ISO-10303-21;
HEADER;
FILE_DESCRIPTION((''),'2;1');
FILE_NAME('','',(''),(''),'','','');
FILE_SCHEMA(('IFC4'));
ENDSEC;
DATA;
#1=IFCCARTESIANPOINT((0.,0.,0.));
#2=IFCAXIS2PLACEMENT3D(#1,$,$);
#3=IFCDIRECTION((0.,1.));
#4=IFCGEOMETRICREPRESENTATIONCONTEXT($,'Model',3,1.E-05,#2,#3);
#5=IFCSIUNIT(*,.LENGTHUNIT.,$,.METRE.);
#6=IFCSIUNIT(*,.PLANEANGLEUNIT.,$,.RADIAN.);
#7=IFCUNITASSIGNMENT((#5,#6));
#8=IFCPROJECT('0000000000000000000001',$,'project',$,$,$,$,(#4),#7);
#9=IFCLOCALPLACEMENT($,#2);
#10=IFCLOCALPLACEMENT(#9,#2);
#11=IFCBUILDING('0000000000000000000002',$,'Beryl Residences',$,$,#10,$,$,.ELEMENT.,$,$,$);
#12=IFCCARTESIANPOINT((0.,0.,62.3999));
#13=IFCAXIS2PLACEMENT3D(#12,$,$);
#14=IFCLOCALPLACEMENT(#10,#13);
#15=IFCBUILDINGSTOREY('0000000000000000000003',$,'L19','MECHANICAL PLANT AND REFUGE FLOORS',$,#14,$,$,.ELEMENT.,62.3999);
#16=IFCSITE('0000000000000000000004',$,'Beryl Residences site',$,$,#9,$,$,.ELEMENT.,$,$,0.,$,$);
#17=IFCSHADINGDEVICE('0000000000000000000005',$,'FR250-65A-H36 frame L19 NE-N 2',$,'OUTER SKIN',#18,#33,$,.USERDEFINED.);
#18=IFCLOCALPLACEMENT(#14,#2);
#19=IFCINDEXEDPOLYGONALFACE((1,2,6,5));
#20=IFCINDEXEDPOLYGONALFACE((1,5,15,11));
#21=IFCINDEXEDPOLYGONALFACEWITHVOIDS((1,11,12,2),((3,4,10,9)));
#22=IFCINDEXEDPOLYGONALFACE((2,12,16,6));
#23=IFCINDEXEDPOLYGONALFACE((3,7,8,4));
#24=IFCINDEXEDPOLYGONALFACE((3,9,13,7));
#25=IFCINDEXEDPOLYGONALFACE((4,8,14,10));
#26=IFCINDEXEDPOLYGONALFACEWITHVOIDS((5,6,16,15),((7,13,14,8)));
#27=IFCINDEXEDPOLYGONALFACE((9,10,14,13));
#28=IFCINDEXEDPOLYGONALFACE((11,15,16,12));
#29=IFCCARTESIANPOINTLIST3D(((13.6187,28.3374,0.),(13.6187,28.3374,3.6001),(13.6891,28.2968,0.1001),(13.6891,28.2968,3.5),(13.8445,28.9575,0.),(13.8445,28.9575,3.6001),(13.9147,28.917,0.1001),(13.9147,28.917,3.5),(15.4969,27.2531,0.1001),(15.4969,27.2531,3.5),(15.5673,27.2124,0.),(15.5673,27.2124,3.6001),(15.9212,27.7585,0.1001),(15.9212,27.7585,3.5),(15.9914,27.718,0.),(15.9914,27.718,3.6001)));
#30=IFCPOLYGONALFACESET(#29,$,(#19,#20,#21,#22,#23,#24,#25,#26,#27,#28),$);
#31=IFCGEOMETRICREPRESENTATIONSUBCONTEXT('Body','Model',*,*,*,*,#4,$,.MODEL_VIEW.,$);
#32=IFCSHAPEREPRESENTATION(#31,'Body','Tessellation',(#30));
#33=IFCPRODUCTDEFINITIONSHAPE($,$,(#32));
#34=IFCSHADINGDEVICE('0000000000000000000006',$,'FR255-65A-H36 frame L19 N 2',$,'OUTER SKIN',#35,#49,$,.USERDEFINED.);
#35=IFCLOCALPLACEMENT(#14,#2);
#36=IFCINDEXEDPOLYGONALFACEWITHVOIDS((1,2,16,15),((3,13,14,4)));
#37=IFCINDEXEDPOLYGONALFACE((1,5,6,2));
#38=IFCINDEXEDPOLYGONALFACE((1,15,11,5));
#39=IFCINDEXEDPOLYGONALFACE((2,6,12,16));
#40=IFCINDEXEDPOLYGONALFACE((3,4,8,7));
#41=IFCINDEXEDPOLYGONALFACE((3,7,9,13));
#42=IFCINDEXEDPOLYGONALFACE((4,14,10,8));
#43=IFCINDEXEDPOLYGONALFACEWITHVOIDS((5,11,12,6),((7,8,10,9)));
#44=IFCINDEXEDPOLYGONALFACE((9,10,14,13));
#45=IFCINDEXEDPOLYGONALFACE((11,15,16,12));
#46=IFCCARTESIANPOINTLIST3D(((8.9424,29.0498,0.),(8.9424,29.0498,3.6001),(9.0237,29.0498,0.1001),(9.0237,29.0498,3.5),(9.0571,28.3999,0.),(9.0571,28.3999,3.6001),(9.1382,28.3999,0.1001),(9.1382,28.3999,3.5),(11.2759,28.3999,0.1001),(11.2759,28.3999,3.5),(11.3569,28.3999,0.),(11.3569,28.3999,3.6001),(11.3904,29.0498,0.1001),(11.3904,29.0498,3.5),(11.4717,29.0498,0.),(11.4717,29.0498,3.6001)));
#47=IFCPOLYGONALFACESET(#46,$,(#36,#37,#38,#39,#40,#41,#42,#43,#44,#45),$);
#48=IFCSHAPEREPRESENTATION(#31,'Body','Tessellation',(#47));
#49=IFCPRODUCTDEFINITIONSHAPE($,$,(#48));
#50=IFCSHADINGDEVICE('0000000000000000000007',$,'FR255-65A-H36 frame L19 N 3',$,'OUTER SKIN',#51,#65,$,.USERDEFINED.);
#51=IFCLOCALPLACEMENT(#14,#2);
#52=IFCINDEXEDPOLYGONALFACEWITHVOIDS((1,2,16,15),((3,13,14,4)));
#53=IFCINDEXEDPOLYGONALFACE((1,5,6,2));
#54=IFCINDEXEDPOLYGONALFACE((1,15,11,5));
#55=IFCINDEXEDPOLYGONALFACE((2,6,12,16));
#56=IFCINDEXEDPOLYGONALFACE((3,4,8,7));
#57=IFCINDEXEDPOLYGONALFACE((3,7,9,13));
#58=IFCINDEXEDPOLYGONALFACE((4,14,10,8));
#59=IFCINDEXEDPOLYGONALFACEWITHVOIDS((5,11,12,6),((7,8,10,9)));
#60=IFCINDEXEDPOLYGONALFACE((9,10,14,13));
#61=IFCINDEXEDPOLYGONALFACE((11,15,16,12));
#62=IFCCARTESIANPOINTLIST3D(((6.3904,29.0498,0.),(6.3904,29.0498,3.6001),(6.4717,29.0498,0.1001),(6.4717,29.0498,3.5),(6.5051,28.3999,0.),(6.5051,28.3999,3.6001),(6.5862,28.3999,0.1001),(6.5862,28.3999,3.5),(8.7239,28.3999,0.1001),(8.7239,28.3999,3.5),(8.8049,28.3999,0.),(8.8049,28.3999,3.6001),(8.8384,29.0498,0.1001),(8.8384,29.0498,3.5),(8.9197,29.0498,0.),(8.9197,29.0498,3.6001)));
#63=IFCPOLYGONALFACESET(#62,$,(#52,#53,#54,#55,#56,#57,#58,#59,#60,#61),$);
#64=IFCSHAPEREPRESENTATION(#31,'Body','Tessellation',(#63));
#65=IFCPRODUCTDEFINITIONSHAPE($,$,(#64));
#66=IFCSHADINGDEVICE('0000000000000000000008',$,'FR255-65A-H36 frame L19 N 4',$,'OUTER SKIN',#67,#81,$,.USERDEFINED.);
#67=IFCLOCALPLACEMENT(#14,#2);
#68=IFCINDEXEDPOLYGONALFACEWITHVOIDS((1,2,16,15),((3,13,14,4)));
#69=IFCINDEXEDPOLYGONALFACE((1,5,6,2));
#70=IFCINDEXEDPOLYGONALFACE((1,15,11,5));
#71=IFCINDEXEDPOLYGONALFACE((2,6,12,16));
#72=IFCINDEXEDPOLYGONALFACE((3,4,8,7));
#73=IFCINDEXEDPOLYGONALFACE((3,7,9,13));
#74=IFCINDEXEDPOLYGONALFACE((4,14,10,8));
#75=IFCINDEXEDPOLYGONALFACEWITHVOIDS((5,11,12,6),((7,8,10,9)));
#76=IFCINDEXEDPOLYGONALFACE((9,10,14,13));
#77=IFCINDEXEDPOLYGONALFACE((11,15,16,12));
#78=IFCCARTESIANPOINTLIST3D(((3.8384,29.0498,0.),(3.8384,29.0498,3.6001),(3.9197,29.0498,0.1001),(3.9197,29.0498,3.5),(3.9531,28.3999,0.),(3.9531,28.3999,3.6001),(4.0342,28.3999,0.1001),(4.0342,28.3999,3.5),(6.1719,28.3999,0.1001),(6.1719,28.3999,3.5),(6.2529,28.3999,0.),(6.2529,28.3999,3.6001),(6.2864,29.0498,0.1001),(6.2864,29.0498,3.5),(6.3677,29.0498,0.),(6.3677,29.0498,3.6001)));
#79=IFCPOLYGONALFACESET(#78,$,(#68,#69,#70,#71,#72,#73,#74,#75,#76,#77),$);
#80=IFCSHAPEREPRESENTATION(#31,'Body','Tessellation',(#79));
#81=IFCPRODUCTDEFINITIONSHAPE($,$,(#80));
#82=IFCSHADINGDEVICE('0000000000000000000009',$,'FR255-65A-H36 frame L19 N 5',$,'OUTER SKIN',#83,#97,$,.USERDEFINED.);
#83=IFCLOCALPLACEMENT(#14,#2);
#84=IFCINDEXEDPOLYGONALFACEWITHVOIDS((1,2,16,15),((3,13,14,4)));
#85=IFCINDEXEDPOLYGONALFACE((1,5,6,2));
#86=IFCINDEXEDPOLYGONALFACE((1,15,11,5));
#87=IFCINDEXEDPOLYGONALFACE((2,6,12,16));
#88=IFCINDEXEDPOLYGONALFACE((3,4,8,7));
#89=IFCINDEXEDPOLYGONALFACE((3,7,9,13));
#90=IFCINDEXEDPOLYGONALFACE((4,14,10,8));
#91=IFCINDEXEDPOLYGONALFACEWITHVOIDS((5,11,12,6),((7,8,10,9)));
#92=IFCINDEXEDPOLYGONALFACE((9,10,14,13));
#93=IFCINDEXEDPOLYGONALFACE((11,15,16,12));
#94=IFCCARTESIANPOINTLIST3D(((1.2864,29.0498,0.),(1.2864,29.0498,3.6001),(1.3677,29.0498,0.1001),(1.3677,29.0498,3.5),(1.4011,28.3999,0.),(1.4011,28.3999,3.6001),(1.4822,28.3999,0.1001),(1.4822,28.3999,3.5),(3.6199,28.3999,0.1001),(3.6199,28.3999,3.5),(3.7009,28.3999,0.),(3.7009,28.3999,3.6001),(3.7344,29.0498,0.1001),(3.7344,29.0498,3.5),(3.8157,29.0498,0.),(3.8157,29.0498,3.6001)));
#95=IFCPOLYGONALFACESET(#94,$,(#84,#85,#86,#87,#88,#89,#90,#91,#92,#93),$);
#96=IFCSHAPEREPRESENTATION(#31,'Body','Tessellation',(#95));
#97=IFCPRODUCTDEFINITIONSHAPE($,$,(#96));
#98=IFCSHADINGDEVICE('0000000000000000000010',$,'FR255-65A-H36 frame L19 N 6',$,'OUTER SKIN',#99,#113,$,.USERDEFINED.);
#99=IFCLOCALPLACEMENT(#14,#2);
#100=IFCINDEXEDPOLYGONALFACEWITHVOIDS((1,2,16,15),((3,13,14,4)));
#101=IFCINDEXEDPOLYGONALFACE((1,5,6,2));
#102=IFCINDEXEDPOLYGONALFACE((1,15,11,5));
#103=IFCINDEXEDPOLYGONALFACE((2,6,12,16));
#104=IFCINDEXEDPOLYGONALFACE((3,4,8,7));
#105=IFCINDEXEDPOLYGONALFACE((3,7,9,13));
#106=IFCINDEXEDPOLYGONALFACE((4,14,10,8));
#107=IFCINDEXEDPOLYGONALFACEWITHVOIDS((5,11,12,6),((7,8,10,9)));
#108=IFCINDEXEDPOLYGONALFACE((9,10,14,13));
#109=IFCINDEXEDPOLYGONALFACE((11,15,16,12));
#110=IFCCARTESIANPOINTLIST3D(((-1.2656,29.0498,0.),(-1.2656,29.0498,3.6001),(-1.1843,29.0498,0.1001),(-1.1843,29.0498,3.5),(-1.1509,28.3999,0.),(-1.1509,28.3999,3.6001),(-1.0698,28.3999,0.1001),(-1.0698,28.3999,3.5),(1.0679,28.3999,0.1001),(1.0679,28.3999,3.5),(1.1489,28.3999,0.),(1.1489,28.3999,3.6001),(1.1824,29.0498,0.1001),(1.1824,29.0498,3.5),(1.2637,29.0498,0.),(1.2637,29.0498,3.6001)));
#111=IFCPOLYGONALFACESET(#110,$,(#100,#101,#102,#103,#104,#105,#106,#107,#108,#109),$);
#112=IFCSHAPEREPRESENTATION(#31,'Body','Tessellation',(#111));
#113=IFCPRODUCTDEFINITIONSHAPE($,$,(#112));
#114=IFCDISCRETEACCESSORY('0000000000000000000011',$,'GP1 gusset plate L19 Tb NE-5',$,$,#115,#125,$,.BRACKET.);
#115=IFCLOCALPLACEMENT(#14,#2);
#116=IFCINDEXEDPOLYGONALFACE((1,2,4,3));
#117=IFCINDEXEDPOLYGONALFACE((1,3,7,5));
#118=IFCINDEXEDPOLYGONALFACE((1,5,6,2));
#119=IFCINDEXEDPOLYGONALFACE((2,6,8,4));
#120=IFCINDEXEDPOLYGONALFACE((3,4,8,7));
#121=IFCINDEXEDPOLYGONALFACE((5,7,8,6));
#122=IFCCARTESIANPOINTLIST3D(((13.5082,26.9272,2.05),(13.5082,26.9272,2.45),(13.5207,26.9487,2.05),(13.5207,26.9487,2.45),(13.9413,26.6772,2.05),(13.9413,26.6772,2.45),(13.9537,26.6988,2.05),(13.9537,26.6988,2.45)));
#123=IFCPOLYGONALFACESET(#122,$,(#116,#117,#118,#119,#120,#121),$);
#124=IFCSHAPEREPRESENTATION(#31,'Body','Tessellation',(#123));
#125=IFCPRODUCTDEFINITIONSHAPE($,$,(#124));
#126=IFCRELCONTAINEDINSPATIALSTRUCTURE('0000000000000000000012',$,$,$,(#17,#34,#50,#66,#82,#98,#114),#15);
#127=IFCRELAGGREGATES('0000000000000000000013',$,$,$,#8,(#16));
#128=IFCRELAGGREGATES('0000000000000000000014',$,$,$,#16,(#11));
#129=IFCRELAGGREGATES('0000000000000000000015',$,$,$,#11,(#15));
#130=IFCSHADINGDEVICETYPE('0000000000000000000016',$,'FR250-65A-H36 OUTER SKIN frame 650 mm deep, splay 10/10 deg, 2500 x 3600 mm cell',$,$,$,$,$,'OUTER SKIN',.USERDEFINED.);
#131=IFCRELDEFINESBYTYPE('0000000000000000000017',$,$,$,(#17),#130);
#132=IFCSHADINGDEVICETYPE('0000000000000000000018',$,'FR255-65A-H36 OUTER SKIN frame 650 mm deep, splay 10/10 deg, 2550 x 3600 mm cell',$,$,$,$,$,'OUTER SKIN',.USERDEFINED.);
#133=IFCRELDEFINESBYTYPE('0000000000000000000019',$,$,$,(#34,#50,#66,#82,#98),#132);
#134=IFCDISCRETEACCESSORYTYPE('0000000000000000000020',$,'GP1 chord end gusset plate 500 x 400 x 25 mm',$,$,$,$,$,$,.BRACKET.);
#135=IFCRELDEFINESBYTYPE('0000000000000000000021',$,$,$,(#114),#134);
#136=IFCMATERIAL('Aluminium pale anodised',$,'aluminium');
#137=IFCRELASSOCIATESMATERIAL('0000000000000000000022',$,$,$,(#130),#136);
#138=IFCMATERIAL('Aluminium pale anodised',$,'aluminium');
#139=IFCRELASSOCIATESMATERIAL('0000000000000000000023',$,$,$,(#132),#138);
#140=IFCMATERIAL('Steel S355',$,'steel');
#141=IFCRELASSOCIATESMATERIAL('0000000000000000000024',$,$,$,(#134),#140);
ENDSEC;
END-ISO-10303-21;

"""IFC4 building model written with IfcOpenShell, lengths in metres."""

from ifc_helpers import new_model, entity, si_unit, direction, frame, origin, origin_2d, place, context, subcontext, project, spatial, rectangle, extrude, source, transform, mapped, material, type_object, type_shapes, element, save


model = new_model("IFC4")

# Units and contexts
model_context = context("Model", 3, precision=1e-05, world=origin(), true_north=direction((0.0, 1.0)))
body_context = subcontext(model_context, "Body", "Model", "MODEL_VIEW")
ifc_project = project(units=[si_unit("LENGTHUNIT", "METRE"), si_unit("PLANEANGLEUNIT", "RADIAN")], contexts=[model_context])

# Site, building, storey
site_placement = place(None, origin())
site = spatial("IfcSite", under=ifc_project, at=site_placement, Name="Beryl Residences site", CompositionType="ELEMENT", RefElevation=0.0)
building_placement = place(site_placement, origin())
building = spatial("IfcBuilding", under=site, at=building_placement, Name="Beryl Residences", CompositionType="ELEMENT")
storey_placement = place(building_placement, frame((0.0, 0.0, 62.3999)))
storey = spatial("IfcBuildingStorey", under=building, at=storey_placement, Name="L19", Description="MECHANICAL PLANT AND REFUGE FLOORS", CompositionType="ELEMENT", Elevation=62.3999)

# Shading devices
ifc_material_1 = material(Name="Aluminium pale anodised", Category="aluminium")
shading_device_type_1 = type_object("IfcShadingDeviceType", Name="FR250-65A-H36 OUTER SKIN frame 650 mm deep, splay 10/10 deg, 2500 x 3600 mm cell", ElementType="OUTER SKIN", PredefinedType="USERDEFINED", material=ifc_material_1)
cartesian_point_1 = entity("IfcCartesianPoint", [-1.125, 0.0])
cartesian_point_2 = entity("IfcCartesianPoint", [-1.0437, 0.1001])
cartesian_point_3 = entity("IfcCartesianPoint", [-1.2395, 0.0])
cartesian_point_4 = entity("IfcCartesianPoint", [-1.1584, 0.1001])
shared_shape_1 = source(origin(), body_context, "Body", "SweptSolid", [
    entity("IfcExtrudedAreaSolidTapered", entity("IfcArbitraryProfileDefWithVoids", "AREA", None, entity("IfcPolyline", [cartesian_point_1, entity("IfcCartesianPoint", [1.125, 0.0]), entity("IfcCartesianPoint", [1.125, 3.6001]), entity("IfcCartesianPoint", [-1.125, 3.6001]), cartesian_point_1]), [entity("IfcPolyline", [cartesian_point_2, entity("IfcCartesianPoint", [1.0437, 0.1001]), entity("IfcCartesianPoint", [1.0437, 3.5]), entity("IfcCartesianPoint", [-1.0437, 3.5]), cartesian_point_2])]), entity("IfcAxis2Placement3D", entity("IfcCartesianPoint", [0.0, 0.0, 0.0]), entity("IfcDirection", [0.0, 1.0, 0.0]), entity("IfcDirection", [-1.0, 0.0, 0.0])), entity("IfcDirection", [0.0, 0.0, 1.0]), 0.6499, entity("IfcArbitraryProfileDefWithVoids", "AREA", None, entity("IfcPolyline", [cartesian_point_3, entity("IfcCartesianPoint", [1.2395, 0.0]), entity("IfcCartesianPoint", [1.2395, 3.6001]), entity("IfcCartesianPoint", [-1.2395, 3.6001]), cartesian_point_3]), [entity("IfcPolyline", [cartesian_point_4, entity("IfcCartesianPoint", [1.1584, 0.1001]), entity("IfcCartesianPoint", [1.1584, 3.5]), entity("IfcCartesianPoint", [-1.1584, 3.5]), cartesian_point_4])])),
])
type_shapes(shading_device_type_1, [shared_shape_1])
shading_device_1_placement = place(storey_placement, frame((14.593, 27.7749, 0.0), z_axis=(0.0, 0.0, 1.0), x_axis=(0.866025, -0.5, 0.0)))
element("IfcShadingDevice", 1, at=shading_device_1_placement, inside=storey, type_object=shading_device_type_1, Name="FR250-65A-H36 frame L19 NE-N 2", ObjectType="OUTER SKIN", PredefinedType="USERDEFINED", context=body_context, shape_type="MappedRepresentation", body=[
    mapped(shared_shape_1, transform((0.0, 0.0, 0.0))),
])
ifc_material_2 = material(Name="Aluminium pale anodised", Category="aluminium")
shading_device_type_2 = type_object("IfcShadingDeviceType", Name="FR255-65A-H36 OUTER SKIN frame 650 mm deep, splay 10/10 deg, 2550 x 3600 mm cell", ElementType="OUTER SKIN", PredefinedType="USERDEFINED", material=ifc_material_2)
cartesian_point_5 = entity("IfcCartesianPoint", [-1.1499, 0.0])
cartesian_point_6 = entity("IfcCartesianPoint", [-1.0688, 0.1001])
cartesian_point_7 = entity("IfcCartesianPoint", [-1.2646, 0.0])
cartesian_point_8 = entity("IfcCartesianPoint", [-1.1833, 0.1001])
shared_shape_2 = source(origin(), body_context, "Body", "SweptSolid", [
    entity("IfcExtrudedAreaSolidTapered", entity("IfcArbitraryProfileDefWithVoids", "AREA", None, entity("IfcPolyline", [cartesian_point_5, entity("IfcCartesianPoint", [1.1499, 0.0]), entity("IfcCartesianPoint", [1.1499, 3.6001]), entity("IfcCartesianPoint", [-1.1499, 3.6001]), cartesian_point_5]), [entity("IfcPolyline", [cartesian_point_6, entity("IfcCartesianPoint", [1.0688, 0.1001]), entity("IfcCartesianPoint", [1.0688, 3.5]), entity("IfcCartesianPoint", [-1.0688, 3.5]), cartesian_point_6])]), entity("IfcAxis2Placement3D", entity("IfcCartesianPoint", [0.0, 0.0, 0.0]), entity("IfcDirection", [0.0, 1.0, 0.0]), entity("IfcDirection", [-1.0, 0.0, 0.0])), entity("IfcDirection", [0.0, 0.0, 1.0]), 0.6499, entity("IfcArbitraryProfileDefWithVoids", "AREA", None, entity("IfcPolyline", [cartesian_point_7, entity("IfcCartesianPoint", [1.2646, 0.0]), entity("IfcCartesianPoint", [1.2646, 3.6001]), entity("IfcCartesianPoint", [-1.2646, 3.6001]), cartesian_point_7]), [entity("IfcPolyline", [cartesian_point_8, entity("IfcCartesianPoint", [1.1833, 0.1001]), entity("IfcCartesianPoint", [1.1833, 3.5]), entity("IfcCartesianPoint", [-1.1833, 3.5]), cartesian_point_8])])),
])
type_shapes(shading_device_type_2, [shared_shape_2])
for number, where, z_axis, x_axis, name in (
    (2, (10.207, 28.3999, 0.0), (0.0, 0.0, 1.0), (1.0, 0.0, 0.0), "FR255-65A-H36 frame L19 N 2"),
    (3, (7.655, 28.3999, 0.0), (0.0, 0.0, 1.0), (1.0, 0.0, 0.0), "FR255-65A-H36 frame L19 N 3"),
    (4, (5.103, 28.3999, 0.0), (0.0, 0.0, 1.0), (1.0, 0.0, 0.0), "FR255-65A-H36 frame L19 N 4"),
    (5, (2.551, 28.3999, 0.0), (0.0, 0.0, 1.0), (1.0, 0.0, 0.0), "FR255-65A-H36 frame L19 N 5"),
    (6, (-0.001, 28.3999, 0.0), (0.0, 0.0, 1.0), (1.0, 0.0, 0.0), "FR255-65A-H36 frame L19 N 6"),
):
    element("IfcShadingDevice", number, at=place(storey_placement, frame(where, z_axis=z_axis, x_axis=x_axis)), inside=storey, type_object=shading_device_type_2, Name=name, ObjectType="OUTER SKIN", PredefinedType="USERDEFINED", context=body_context, shape_type="MappedRepresentation", body=[
        mapped(shared_shape_2, transform((0.0, 0.0, 0.0))),
    ])

# Discrete accessory
ifc_material_3 = material(Name="Steel S355", Category="steel")
discrete_accessory_type = type_object("IfcDiscreteAccessoryType", Name="GP1 chord end gusset plate 500 x 400 x 25 mm", PredefinedType="BRACKET", material=ifc_material_3)
discrete_accessory_placement = place(storey_placement, frame((13.731, 26.813, 2.05), z_axis=(0.0, 0.0, 1.0), x_axis=(0.866106, -0.499861, 0.0)))
element("IfcDiscreteAccessory", 7, at=discrete_accessory_placement, inside=storey, type_object=discrete_accessory_type, Name="GP1 gusset plate L19 Tb NE-5", PredefinedType="BRACKET", context=body_context, shape_type="SweptSolid", body=[
    extrude(rectangle(XDim=0.5, YDim=0.0249, at=origin_2d()), origin(), (0.0, 0.0, 1.0), 0.3999),
])

save(model, "model.ifc")
